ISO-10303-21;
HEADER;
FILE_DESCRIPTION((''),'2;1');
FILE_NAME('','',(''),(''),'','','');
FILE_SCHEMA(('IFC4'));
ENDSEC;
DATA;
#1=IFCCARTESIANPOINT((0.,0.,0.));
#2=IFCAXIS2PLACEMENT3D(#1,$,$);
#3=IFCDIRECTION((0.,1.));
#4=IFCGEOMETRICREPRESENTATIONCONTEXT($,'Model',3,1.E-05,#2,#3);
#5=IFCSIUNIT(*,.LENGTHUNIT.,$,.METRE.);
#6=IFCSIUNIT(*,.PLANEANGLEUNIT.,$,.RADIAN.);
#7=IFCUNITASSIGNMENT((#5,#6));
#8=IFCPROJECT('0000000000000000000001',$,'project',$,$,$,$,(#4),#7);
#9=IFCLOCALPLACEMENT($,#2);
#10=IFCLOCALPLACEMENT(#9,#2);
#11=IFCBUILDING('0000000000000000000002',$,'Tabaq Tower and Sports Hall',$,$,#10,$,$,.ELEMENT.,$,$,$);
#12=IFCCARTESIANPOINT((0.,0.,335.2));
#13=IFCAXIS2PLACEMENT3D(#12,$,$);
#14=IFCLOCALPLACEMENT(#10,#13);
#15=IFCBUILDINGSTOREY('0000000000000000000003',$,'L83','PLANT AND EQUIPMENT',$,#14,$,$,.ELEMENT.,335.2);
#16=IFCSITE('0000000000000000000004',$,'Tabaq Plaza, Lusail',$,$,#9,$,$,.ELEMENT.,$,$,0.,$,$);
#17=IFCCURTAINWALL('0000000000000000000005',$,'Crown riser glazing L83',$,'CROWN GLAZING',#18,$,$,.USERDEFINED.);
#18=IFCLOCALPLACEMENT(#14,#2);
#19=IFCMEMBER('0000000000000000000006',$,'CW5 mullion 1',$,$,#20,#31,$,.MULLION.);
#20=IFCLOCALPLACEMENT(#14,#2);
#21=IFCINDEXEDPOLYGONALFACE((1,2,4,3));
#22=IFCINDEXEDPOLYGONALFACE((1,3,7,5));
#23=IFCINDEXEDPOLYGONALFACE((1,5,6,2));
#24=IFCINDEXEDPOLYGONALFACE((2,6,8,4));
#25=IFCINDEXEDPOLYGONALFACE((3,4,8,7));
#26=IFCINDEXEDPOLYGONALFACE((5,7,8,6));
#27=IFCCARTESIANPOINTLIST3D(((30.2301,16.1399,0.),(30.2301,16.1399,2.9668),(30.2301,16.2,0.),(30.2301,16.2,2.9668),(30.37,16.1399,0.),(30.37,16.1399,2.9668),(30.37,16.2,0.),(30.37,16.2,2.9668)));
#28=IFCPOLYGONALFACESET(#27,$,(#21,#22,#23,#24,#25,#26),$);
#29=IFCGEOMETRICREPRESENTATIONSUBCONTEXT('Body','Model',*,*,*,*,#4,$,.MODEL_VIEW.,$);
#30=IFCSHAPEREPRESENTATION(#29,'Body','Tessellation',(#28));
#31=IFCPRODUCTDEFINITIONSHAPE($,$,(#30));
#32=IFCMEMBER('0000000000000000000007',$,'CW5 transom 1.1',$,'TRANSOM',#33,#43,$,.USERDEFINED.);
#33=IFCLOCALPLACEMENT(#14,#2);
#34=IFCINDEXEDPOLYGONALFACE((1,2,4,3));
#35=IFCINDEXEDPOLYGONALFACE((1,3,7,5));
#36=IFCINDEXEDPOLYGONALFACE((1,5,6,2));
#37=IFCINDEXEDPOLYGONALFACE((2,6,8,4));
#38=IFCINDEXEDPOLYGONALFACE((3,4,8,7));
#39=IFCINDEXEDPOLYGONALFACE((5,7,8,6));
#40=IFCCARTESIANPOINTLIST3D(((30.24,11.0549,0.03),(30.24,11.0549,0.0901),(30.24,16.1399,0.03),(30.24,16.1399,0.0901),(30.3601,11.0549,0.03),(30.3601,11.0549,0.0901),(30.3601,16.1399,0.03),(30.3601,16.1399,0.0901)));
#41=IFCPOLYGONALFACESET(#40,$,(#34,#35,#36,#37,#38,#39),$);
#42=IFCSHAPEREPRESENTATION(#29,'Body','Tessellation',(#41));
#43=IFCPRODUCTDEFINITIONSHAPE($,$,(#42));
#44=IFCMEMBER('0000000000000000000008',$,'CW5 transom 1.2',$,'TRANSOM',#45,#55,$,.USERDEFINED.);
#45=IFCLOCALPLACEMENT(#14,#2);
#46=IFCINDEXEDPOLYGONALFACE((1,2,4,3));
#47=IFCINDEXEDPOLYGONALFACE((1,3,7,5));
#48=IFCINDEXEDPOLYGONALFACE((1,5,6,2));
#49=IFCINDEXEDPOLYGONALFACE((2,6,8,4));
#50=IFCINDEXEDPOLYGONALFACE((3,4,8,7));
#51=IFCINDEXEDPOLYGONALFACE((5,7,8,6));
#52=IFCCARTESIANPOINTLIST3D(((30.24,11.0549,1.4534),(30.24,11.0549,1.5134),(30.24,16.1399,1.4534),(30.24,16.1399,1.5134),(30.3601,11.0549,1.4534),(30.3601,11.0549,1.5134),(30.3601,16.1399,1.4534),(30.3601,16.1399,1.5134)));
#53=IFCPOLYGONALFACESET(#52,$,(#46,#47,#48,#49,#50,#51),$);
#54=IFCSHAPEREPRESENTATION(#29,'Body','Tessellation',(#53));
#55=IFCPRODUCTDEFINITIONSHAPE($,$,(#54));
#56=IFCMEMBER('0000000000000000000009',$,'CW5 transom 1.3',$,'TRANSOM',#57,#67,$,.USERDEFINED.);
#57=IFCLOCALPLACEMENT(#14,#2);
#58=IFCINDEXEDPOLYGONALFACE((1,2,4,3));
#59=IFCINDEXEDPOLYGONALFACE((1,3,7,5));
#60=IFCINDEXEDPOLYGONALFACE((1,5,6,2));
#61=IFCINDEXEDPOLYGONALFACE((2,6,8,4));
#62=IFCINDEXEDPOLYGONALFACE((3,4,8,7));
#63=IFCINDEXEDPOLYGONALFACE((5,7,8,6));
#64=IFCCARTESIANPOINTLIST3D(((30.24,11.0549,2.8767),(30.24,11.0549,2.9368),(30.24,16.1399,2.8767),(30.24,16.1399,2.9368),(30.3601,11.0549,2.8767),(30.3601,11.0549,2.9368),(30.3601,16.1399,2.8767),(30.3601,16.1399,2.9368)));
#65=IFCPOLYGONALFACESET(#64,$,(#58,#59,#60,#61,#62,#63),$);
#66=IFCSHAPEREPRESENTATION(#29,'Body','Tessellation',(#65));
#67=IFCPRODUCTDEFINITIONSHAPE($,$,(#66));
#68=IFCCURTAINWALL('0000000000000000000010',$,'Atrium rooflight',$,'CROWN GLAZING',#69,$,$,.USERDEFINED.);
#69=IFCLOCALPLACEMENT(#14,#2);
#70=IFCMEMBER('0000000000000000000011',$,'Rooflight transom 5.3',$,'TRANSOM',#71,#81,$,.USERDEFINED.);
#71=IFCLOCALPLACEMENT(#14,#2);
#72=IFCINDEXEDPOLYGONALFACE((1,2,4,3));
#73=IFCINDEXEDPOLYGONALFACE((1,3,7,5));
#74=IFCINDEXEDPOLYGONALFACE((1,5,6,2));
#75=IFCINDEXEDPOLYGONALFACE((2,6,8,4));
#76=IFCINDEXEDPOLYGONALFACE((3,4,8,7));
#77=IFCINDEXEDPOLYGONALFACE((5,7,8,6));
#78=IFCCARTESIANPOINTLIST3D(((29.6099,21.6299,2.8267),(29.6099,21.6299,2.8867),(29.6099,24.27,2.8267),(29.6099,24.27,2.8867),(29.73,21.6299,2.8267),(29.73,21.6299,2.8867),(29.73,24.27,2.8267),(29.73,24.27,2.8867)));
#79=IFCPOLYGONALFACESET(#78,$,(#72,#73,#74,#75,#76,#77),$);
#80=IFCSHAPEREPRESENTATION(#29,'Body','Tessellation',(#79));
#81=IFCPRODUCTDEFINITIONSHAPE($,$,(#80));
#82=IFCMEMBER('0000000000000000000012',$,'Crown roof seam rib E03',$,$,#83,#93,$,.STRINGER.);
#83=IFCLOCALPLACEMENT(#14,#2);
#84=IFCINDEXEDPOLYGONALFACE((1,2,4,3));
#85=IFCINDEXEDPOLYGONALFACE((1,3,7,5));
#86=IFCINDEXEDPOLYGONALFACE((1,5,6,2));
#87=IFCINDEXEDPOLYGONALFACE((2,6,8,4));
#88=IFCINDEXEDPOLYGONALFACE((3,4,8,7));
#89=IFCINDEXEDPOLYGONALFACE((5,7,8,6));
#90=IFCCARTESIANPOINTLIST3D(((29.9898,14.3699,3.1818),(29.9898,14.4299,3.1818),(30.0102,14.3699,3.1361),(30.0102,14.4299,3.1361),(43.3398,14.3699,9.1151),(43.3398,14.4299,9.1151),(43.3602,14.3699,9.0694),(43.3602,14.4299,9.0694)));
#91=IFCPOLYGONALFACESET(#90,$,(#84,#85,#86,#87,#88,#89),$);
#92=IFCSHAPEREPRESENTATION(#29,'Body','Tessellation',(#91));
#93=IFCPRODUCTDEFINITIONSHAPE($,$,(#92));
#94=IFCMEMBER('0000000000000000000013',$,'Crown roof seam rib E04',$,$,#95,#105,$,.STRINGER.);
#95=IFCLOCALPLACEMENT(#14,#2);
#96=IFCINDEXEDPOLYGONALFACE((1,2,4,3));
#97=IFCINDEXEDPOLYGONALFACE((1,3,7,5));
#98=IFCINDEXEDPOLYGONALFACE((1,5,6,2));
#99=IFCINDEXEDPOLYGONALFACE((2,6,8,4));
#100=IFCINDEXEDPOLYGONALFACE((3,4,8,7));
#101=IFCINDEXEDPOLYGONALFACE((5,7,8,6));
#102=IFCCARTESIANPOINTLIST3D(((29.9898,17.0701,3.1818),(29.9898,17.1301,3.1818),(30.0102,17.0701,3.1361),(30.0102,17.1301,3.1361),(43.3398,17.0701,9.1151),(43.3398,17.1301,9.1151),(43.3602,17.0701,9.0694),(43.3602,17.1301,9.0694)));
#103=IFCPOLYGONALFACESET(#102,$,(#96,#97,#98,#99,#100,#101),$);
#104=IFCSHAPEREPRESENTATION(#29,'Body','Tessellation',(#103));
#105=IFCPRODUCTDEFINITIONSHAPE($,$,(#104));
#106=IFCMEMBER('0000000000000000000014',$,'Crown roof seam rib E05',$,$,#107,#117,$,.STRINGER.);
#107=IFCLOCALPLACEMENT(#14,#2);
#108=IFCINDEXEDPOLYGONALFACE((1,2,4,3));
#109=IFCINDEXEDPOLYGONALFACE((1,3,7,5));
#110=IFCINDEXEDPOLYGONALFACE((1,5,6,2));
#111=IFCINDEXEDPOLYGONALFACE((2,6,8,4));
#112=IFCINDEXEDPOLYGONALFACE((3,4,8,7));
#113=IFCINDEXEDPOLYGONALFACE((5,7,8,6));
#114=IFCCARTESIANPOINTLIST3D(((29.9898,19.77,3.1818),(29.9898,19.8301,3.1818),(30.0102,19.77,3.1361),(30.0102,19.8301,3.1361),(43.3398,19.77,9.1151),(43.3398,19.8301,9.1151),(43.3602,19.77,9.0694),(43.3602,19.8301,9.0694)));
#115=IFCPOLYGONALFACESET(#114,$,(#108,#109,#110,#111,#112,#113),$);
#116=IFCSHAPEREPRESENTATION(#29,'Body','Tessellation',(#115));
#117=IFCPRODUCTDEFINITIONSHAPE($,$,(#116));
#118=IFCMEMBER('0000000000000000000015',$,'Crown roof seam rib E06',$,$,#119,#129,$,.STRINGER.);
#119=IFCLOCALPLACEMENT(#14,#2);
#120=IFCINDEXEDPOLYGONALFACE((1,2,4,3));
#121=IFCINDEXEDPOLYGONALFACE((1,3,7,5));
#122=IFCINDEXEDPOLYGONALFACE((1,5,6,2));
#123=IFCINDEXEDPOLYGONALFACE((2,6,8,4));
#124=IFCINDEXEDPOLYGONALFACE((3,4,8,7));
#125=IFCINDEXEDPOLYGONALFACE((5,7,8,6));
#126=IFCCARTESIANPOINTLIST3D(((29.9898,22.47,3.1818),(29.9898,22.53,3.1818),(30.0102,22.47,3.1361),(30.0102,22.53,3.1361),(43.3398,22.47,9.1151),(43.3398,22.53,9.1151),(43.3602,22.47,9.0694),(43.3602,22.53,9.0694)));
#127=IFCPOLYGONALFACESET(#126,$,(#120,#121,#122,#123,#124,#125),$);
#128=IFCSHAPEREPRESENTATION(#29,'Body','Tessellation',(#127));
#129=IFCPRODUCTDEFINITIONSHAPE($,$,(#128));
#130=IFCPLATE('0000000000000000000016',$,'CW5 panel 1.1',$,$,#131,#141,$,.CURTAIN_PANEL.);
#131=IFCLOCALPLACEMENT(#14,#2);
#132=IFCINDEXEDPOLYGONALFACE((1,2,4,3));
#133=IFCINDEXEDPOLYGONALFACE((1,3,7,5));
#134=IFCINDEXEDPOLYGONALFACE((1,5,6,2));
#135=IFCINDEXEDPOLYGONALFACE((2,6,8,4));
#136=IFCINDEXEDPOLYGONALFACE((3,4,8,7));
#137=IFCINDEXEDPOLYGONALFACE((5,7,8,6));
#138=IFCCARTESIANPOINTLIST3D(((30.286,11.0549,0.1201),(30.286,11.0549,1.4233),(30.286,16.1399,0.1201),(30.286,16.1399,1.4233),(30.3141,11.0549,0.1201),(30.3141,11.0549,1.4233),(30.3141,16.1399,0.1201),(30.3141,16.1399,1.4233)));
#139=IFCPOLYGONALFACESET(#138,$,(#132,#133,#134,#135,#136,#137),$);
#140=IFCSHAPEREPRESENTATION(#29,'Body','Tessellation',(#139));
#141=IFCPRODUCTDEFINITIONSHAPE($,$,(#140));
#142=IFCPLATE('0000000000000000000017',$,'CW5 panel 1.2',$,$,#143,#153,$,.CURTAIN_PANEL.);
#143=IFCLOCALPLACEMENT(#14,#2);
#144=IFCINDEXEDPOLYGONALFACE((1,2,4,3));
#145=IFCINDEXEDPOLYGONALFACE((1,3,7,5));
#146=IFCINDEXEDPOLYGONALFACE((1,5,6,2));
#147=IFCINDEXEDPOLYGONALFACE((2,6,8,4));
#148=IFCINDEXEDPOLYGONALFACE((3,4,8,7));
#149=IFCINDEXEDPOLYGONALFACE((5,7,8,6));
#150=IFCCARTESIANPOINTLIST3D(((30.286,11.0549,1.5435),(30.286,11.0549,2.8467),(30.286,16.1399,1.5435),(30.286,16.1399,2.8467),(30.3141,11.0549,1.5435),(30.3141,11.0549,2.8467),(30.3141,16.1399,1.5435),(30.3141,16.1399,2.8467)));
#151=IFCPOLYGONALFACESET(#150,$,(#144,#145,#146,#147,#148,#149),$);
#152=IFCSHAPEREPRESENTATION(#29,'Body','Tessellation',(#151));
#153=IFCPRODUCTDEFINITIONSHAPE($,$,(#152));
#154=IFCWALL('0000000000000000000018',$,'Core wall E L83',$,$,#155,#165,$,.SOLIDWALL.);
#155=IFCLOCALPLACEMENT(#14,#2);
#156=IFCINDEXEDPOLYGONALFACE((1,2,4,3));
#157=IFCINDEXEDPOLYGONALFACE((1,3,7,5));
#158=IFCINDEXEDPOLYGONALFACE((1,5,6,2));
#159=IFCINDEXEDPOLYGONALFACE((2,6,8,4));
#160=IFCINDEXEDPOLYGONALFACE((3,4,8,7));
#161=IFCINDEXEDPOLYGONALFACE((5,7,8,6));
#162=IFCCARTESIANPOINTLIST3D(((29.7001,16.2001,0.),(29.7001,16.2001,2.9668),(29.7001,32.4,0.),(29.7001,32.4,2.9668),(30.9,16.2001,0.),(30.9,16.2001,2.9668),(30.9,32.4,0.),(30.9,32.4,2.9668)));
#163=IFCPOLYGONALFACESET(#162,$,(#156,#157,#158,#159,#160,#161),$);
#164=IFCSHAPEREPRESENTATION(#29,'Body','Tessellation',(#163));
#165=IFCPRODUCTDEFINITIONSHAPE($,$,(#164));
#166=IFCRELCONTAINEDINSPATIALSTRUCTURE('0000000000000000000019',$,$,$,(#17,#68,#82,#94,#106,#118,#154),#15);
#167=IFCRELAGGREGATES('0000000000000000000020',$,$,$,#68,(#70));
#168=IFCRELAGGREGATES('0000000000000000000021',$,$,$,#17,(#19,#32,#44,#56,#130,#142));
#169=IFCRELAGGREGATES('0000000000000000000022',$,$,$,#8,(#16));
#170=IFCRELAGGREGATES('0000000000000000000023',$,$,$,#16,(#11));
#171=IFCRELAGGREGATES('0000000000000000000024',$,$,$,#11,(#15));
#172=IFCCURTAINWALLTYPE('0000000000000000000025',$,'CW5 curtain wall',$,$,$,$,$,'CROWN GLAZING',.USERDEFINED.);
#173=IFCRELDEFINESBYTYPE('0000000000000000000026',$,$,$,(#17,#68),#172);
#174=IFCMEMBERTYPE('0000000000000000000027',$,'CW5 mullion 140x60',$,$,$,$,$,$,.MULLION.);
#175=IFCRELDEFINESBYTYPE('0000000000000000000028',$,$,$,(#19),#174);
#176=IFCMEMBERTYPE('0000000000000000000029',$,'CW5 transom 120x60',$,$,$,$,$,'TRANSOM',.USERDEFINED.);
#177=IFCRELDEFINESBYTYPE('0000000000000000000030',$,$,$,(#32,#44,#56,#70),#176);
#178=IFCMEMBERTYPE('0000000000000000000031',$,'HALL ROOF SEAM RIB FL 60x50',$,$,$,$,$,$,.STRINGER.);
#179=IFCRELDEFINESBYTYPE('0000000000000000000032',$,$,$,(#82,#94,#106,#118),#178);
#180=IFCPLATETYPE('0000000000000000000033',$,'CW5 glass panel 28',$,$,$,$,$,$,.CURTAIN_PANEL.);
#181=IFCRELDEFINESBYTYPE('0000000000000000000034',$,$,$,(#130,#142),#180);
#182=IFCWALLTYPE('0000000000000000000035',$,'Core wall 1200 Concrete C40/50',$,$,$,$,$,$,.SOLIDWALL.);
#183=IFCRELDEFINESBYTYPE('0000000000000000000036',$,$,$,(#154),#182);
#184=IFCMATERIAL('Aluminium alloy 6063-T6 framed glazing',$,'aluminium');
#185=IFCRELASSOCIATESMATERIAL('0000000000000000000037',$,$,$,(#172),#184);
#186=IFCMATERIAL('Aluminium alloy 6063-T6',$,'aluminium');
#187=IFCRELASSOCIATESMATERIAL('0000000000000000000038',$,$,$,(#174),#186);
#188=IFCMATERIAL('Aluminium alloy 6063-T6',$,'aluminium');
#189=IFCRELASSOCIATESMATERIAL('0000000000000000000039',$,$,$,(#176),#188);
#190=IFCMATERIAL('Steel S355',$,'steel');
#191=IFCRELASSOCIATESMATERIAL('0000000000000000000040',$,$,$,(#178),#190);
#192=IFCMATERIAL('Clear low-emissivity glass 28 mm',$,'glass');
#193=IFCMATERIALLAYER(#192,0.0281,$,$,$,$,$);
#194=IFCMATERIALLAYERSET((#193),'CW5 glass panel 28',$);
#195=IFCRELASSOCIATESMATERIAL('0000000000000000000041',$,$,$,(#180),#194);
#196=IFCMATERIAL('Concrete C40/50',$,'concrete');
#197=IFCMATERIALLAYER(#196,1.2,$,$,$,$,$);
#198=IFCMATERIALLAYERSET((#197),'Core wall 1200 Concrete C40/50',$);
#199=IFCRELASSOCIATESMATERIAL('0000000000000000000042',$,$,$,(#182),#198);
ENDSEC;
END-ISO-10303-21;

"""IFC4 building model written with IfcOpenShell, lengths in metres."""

from ifc_helpers import new_model, si_unit, direction, frame, frame_2d, origin, origin_2d, place, context, subcontext, project, spatial, rectangle, extrude, material, layer, layer_set, material_profile, profile_set, type_object, element, aggregate, save


model = new_model("IFC4")

# Units and contexts
model_context = context("Model", 3, precision=1e-05, world=origin(), true_north=direction((0.0, 1.0)))
body_context = subcontext(model_context, "Body", "Model", "MODEL_VIEW")
ifc_project = project(units=[si_unit("LENGTHUNIT", "METRE"), si_unit("PLANEANGLEUNIT", "RADIAN")], contexts=[model_context])

# Site, building, storey
site_placement = place(None, origin())
site = spatial("IfcSite", under=ifc_project, at=site_placement, Name="Tabaq Plaza, Lusail", CompositionType="ELEMENT", RefElevation=0.0)
building_placement = place(site_placement, origin())
building = spatial("IfcBuilding", under=site, at=building_placement, Name="Tabaq Tower and Sports Hall", CompositionType="ELEMENT")
storey_placement = place(building_placement, frame((0.0, 0.0, 335.2)))
storey = spatial("IfcBuildingStorey", under=building, at=storey_placement, Name="L83", Description="PLANT AND EQUIPMENT", CompositionType="ELEMENT", Elevation=335.2)

# Curtain wall, members
ifc_material_1 = material(Name="Aluminium alloy 6063-T6 framed glazing", Category="aluminium")
curtain_wall_type = type_object("IfcCurtainWallType", Name="CW5 curtain wall", ElementType="CROWN GLAZING", PredefinedType="USERDEFINED", material=ifc_material_1)
curtain_wall_1_placement = place(storey_placement, origin())
curtain_wall_1 = element("IfcCurtainWall", 1, at=curtain_wall_1_placement, inside=storey, type_object=curtain_wall_type, Name="Crown riser glazing L83", ObjectType="CROWN GLAZING", PredefinedType="USERDEFINED")
ifc_material_2 = material(Name="Aluminium alloy 6063-T6", Category="aluminium")
ifc_material_profile_1 = material_profile(ifc_material_2, rectangle(XDim=0.1399, YDim=0.0601, at=origin_2d()), Name="MULLION 140x60")
ifc_profile_set_1 = profile_set([ifc_material_profile_1], Name="Aluminium alloy 6063-T6")
member_type_1 = type_object("IfcMemberType", Name="CW5 mullion 140x60", PredefinedType="MULLION", material=ifc_profile_set_1)
member_1_placement = place(storey_placement, frame((30.3, 16.1699, 0.0), z_axis=(0.0, 0.0, 1.0), x_axis=(1.0, 0.0, 0.0)))
member_1 = element("IfcMember", 2, at=member_1_placement, type_object=member_type_1, Name="CW5 mullion 1", PredefinedType="MULLION", context=body_context, shape_type="SweptSolid", body=[
    extrude(rectangle(XDim=0.1399, YDim=0.0601, at=origin_2d()), origin(), (0.0, 0.0, 1.0), 2.9668),
])
ifc_material_3 = material(Name="Aluminium alloy 6063-T6", Category="aluminium")
ifc_material_profile_2 = material_profile(ifc_material_3, rectangle(XDim=0.1201, YDim=0.0601, at=origin_2d()), Name="TRANSOM 120x60")
ifc_profile_set_2 = profile_set([ifc_material_profile_2], Name="Aluminium alloy 6063-T6")
member_type_2 = type_object("IfcMemberType", Name="CW5 transom 120x60", ElementType="TRANSOM", PredefinedType="USERDEFINED", material=ifc_profile_set_2)
member_2_placement = place(storey_placement, frame((30.3, 16.1399, 0.0601), z_axis=(0.0, -1.0, 0.0), x_axis=(1.0, 0.0, 0.0)))
member_2 = element("IfcMember", 3, at=member_2_placement, type_object=member_type_2, Name="CW5 transom 1.1", ObjectType="TRANSOM", PredefinedType="USERDEFINED", context=body_context, shape_type="SweptSolid", body=[
    extrude(rectangle(XDim=0.1201, YDim=0.0601, at=origin_2d()), origin(), (0.0, 0.0, 1.0), 5.085),
])
member_3_placement = place(storey_placement, frame((30.3, 16.1399, 1.4834), z_axis=(0.0, -1.0, 0.0), x_axis=(1.0, 0.0, 0.0)))
member_3 = element("IfcMember", 4, at=member_3_placement, type_object=member_type_2, Name="CW5 transom 1.2", ObjectType="TRANSOM", PredefinedType="USERDEFINED", context=body_context, shape_type="SweptSolid", body=[
    extrude(rectangle(XDim=0.1201, YDim=0.0601, at=origin_2d()), origin(), (0.0, 0.0, 1.0), 5.085),
])
member_4_placement = place(storey_placement, frame((30.3, 16.1399, 2.9067), z_axis=(0.0, -1.0, 0.0), x_axis=(1.0, 0.0, 0.0)))
member_4 = element("IfcMember", 5, at=member_4_placement, type_object=member_type_2, Name="CW5 transom 1.3", ObjectType="TRANSOM", PredefinedType="USERDEFINED", context=body_context, shape_type="SweptSolid", body=[
    extrude(rectangle(XDim=0.1201, YDim=0.0601, at=origin_2d()), origin(), (0.0, 0.0, 1.0), 5.085),
])

# Curtain wall, member
curtain_wall_2_placement = place(storey_placement, origin())
curtain_wall_2 = element("IfcCurtainWall", 6, at=curtain_wall_2_placement, inside=storey, type_object=curtain_wall_type, Name="Atrium rooflight", ObjectType="CROWN GLAZING", PredefinedType="USERDEFINED")
member_5_placement = place(storey_placement, frame((29.6699, 21.6299, 2.8567), z_axis=(0.0, 1.0, 0.0), x_axis=(-1.0, 0.0, 0.0)))
member_5 = element("IfcMember", 7, at=member_5_placement, type_object=member_type_2, Name="Rooflight transom 5.3", ObjectType="TRANSOM", PredefinedType="USERDEFINED", context=body_context, shape_type="SweptSolid", body=[
    extrude(rectangle(XDim=0.1201, YDim=0.0601, at=origin_2d()), origin(), (0.0, 0.0, 1.0), 2.6401),
])
aggregate(curtain_wall_2, [member_5])

# Members
ifc_material_4 = material(Name="Steel S355", Category="steel")
ifc_material_profile_3 = material_profile(ifc_material_4, rectangle(XDim=0.0601, YDim=0.05, at=origin_2d()), Name="FL 60x50")
ifc_profile_set_3 = profile_set([ifc_material_profile_3], Name="Steel S355")
member_type_3 = type_object("IfcMemberType", Name="HALL ROOF SEAM RIB FL 60x50", PredefinedType="STRINGER", material=ifc_profile_set_3)
for number, where, z_axis, x_axis, name in (
    (8, (30.0, 14.3999, 3.1589), (0.913812, 0.0, 0.406137), (0.0, 1.0, 0.0), "Crown roof seam rib E03"),
    (9, (30.0, 17.1001, 3.1589), (0.913812, 0.0, 0.406137), (0.0, 1.0, 0.0), "Crown roof seam rib E04"),
    (10, (30.0, 19.8, 3.1589), (0.913812, 0.0, 0.406137), (0.0, 1.0, 0.0), "Crown roof seam rib E05"),
    (11, (30.0, 22.5, 3.1589), (0.913812, 0.0, 0.406137), (0.0, 1.0, 0.0), "Crown roof seam rib E06"),
):
    element("IfcMember", number, at=place(storey_placement, frame(where, z_axis=z_axis, x_axis=x_axis)), inside=storey, type_object=member_type_3, Name=name, PredefinedType="STRINGER", context=body_context, shape_type="SweptSolid", body=[
        extrude(rectangle(XDim=0.0601, YDim=0.05, at=origin_2d()), origin(), (0.0, 0.0, 1.0), 14.6091),
    ])

# Plates
ifc_material_5 = material(Name="Clear low-emissivity glass 28 mm", Category="glass")
ifc_layer_1 = layer(ifc_material_5, 0.0281)
ifc_layer_set_1 = layer_set([ifc_layer_1], Name="CW5 glass panel 28")
plate_type = type_object("IfcPlateType", Name="CW5 glass panel 28", PredefinedType="CURTAIN_PANEL", material=ifc_layer_set_1)
plate_1_placement = place(storey_placement, frame((30.3, 13.5974, 0.1201), z_axis=(0.0, 0.0, 1.0), x_axis=(0.0, -1.0, 0.0)))
plate_1 = element("IfcPlate", 12, at=plate_1_placement, type_object=plate_type, Name="CW5 panel 1.1", PredefinedType="CURTAIN_PANEL", context=body_context, shape_type="SweptSolid", body=[
    extrude(rectangle(XDim=5.085, YDim=0.0281, at=origin_2d()), origin(), (0.0, 0.0, 1.0), 1.3032),
])
plate_2_placement = place(storey_placement, frame((30.3, 13.5974, 1.5435), z_axis=(0.0, 0.0, 1.0), x_axis=(0.0, -1.0, 0.0)))
plate_2 = element("IfcPlate", 13, at=plate_2_placement, type_object=plate_type, Name="CW5 panel 1.2", PredefinedType="CURTAIN_PANEL", context=body_context, shape_type="SweptSolid", body=[
    extrude(rectangle(XDim=5.085, YDim=0.0281, at=origin_2d()), origin(), (0.0, 0.0, 1.0), 1.3032),
])
aggregate(curtain_wall_1, [member_1, member_2, member_3, member_4, plate_1, plate_2])

# Wall
ifc_material_6 = material(Name="Concrete C40/50", Category="concrete")
ifc_layer_2 = layer(ifc_material_6, 1.2)
ifc_layer_set_2 = layer_set([ifc_layer_2], Name="Core wall 1200 Concrete C40/50")
wall_type_1 = type_object("IfcWallType", Name="Core wall 1200 Concrete C40/50", PredefinedType="SOLIDWALL", material=ifc_layer_set_2)
wall_1_placement = place(storey_placement, frame((30.3, 16.2, 0.0), z_axis=(0.0, 0.0, 1.0), x_axis=(0.0, 1.0, 0.0)))
element("IfcWall", 14, at=wall_1_placement, inside=storey, type_object=wall_type_1, Name="Core wall E L83", PredefinedType="SOLIDWALL", context=body_context, shape_type="SweptSolid", body=[
    extrude(rectangle(XDim=16.2, YDim=1.2, at=frame_2d((8.1001, 0.0))), origin(), (0.0, 0.0, 1.0), 2.9668),
])

save(model, "model.ifc")
